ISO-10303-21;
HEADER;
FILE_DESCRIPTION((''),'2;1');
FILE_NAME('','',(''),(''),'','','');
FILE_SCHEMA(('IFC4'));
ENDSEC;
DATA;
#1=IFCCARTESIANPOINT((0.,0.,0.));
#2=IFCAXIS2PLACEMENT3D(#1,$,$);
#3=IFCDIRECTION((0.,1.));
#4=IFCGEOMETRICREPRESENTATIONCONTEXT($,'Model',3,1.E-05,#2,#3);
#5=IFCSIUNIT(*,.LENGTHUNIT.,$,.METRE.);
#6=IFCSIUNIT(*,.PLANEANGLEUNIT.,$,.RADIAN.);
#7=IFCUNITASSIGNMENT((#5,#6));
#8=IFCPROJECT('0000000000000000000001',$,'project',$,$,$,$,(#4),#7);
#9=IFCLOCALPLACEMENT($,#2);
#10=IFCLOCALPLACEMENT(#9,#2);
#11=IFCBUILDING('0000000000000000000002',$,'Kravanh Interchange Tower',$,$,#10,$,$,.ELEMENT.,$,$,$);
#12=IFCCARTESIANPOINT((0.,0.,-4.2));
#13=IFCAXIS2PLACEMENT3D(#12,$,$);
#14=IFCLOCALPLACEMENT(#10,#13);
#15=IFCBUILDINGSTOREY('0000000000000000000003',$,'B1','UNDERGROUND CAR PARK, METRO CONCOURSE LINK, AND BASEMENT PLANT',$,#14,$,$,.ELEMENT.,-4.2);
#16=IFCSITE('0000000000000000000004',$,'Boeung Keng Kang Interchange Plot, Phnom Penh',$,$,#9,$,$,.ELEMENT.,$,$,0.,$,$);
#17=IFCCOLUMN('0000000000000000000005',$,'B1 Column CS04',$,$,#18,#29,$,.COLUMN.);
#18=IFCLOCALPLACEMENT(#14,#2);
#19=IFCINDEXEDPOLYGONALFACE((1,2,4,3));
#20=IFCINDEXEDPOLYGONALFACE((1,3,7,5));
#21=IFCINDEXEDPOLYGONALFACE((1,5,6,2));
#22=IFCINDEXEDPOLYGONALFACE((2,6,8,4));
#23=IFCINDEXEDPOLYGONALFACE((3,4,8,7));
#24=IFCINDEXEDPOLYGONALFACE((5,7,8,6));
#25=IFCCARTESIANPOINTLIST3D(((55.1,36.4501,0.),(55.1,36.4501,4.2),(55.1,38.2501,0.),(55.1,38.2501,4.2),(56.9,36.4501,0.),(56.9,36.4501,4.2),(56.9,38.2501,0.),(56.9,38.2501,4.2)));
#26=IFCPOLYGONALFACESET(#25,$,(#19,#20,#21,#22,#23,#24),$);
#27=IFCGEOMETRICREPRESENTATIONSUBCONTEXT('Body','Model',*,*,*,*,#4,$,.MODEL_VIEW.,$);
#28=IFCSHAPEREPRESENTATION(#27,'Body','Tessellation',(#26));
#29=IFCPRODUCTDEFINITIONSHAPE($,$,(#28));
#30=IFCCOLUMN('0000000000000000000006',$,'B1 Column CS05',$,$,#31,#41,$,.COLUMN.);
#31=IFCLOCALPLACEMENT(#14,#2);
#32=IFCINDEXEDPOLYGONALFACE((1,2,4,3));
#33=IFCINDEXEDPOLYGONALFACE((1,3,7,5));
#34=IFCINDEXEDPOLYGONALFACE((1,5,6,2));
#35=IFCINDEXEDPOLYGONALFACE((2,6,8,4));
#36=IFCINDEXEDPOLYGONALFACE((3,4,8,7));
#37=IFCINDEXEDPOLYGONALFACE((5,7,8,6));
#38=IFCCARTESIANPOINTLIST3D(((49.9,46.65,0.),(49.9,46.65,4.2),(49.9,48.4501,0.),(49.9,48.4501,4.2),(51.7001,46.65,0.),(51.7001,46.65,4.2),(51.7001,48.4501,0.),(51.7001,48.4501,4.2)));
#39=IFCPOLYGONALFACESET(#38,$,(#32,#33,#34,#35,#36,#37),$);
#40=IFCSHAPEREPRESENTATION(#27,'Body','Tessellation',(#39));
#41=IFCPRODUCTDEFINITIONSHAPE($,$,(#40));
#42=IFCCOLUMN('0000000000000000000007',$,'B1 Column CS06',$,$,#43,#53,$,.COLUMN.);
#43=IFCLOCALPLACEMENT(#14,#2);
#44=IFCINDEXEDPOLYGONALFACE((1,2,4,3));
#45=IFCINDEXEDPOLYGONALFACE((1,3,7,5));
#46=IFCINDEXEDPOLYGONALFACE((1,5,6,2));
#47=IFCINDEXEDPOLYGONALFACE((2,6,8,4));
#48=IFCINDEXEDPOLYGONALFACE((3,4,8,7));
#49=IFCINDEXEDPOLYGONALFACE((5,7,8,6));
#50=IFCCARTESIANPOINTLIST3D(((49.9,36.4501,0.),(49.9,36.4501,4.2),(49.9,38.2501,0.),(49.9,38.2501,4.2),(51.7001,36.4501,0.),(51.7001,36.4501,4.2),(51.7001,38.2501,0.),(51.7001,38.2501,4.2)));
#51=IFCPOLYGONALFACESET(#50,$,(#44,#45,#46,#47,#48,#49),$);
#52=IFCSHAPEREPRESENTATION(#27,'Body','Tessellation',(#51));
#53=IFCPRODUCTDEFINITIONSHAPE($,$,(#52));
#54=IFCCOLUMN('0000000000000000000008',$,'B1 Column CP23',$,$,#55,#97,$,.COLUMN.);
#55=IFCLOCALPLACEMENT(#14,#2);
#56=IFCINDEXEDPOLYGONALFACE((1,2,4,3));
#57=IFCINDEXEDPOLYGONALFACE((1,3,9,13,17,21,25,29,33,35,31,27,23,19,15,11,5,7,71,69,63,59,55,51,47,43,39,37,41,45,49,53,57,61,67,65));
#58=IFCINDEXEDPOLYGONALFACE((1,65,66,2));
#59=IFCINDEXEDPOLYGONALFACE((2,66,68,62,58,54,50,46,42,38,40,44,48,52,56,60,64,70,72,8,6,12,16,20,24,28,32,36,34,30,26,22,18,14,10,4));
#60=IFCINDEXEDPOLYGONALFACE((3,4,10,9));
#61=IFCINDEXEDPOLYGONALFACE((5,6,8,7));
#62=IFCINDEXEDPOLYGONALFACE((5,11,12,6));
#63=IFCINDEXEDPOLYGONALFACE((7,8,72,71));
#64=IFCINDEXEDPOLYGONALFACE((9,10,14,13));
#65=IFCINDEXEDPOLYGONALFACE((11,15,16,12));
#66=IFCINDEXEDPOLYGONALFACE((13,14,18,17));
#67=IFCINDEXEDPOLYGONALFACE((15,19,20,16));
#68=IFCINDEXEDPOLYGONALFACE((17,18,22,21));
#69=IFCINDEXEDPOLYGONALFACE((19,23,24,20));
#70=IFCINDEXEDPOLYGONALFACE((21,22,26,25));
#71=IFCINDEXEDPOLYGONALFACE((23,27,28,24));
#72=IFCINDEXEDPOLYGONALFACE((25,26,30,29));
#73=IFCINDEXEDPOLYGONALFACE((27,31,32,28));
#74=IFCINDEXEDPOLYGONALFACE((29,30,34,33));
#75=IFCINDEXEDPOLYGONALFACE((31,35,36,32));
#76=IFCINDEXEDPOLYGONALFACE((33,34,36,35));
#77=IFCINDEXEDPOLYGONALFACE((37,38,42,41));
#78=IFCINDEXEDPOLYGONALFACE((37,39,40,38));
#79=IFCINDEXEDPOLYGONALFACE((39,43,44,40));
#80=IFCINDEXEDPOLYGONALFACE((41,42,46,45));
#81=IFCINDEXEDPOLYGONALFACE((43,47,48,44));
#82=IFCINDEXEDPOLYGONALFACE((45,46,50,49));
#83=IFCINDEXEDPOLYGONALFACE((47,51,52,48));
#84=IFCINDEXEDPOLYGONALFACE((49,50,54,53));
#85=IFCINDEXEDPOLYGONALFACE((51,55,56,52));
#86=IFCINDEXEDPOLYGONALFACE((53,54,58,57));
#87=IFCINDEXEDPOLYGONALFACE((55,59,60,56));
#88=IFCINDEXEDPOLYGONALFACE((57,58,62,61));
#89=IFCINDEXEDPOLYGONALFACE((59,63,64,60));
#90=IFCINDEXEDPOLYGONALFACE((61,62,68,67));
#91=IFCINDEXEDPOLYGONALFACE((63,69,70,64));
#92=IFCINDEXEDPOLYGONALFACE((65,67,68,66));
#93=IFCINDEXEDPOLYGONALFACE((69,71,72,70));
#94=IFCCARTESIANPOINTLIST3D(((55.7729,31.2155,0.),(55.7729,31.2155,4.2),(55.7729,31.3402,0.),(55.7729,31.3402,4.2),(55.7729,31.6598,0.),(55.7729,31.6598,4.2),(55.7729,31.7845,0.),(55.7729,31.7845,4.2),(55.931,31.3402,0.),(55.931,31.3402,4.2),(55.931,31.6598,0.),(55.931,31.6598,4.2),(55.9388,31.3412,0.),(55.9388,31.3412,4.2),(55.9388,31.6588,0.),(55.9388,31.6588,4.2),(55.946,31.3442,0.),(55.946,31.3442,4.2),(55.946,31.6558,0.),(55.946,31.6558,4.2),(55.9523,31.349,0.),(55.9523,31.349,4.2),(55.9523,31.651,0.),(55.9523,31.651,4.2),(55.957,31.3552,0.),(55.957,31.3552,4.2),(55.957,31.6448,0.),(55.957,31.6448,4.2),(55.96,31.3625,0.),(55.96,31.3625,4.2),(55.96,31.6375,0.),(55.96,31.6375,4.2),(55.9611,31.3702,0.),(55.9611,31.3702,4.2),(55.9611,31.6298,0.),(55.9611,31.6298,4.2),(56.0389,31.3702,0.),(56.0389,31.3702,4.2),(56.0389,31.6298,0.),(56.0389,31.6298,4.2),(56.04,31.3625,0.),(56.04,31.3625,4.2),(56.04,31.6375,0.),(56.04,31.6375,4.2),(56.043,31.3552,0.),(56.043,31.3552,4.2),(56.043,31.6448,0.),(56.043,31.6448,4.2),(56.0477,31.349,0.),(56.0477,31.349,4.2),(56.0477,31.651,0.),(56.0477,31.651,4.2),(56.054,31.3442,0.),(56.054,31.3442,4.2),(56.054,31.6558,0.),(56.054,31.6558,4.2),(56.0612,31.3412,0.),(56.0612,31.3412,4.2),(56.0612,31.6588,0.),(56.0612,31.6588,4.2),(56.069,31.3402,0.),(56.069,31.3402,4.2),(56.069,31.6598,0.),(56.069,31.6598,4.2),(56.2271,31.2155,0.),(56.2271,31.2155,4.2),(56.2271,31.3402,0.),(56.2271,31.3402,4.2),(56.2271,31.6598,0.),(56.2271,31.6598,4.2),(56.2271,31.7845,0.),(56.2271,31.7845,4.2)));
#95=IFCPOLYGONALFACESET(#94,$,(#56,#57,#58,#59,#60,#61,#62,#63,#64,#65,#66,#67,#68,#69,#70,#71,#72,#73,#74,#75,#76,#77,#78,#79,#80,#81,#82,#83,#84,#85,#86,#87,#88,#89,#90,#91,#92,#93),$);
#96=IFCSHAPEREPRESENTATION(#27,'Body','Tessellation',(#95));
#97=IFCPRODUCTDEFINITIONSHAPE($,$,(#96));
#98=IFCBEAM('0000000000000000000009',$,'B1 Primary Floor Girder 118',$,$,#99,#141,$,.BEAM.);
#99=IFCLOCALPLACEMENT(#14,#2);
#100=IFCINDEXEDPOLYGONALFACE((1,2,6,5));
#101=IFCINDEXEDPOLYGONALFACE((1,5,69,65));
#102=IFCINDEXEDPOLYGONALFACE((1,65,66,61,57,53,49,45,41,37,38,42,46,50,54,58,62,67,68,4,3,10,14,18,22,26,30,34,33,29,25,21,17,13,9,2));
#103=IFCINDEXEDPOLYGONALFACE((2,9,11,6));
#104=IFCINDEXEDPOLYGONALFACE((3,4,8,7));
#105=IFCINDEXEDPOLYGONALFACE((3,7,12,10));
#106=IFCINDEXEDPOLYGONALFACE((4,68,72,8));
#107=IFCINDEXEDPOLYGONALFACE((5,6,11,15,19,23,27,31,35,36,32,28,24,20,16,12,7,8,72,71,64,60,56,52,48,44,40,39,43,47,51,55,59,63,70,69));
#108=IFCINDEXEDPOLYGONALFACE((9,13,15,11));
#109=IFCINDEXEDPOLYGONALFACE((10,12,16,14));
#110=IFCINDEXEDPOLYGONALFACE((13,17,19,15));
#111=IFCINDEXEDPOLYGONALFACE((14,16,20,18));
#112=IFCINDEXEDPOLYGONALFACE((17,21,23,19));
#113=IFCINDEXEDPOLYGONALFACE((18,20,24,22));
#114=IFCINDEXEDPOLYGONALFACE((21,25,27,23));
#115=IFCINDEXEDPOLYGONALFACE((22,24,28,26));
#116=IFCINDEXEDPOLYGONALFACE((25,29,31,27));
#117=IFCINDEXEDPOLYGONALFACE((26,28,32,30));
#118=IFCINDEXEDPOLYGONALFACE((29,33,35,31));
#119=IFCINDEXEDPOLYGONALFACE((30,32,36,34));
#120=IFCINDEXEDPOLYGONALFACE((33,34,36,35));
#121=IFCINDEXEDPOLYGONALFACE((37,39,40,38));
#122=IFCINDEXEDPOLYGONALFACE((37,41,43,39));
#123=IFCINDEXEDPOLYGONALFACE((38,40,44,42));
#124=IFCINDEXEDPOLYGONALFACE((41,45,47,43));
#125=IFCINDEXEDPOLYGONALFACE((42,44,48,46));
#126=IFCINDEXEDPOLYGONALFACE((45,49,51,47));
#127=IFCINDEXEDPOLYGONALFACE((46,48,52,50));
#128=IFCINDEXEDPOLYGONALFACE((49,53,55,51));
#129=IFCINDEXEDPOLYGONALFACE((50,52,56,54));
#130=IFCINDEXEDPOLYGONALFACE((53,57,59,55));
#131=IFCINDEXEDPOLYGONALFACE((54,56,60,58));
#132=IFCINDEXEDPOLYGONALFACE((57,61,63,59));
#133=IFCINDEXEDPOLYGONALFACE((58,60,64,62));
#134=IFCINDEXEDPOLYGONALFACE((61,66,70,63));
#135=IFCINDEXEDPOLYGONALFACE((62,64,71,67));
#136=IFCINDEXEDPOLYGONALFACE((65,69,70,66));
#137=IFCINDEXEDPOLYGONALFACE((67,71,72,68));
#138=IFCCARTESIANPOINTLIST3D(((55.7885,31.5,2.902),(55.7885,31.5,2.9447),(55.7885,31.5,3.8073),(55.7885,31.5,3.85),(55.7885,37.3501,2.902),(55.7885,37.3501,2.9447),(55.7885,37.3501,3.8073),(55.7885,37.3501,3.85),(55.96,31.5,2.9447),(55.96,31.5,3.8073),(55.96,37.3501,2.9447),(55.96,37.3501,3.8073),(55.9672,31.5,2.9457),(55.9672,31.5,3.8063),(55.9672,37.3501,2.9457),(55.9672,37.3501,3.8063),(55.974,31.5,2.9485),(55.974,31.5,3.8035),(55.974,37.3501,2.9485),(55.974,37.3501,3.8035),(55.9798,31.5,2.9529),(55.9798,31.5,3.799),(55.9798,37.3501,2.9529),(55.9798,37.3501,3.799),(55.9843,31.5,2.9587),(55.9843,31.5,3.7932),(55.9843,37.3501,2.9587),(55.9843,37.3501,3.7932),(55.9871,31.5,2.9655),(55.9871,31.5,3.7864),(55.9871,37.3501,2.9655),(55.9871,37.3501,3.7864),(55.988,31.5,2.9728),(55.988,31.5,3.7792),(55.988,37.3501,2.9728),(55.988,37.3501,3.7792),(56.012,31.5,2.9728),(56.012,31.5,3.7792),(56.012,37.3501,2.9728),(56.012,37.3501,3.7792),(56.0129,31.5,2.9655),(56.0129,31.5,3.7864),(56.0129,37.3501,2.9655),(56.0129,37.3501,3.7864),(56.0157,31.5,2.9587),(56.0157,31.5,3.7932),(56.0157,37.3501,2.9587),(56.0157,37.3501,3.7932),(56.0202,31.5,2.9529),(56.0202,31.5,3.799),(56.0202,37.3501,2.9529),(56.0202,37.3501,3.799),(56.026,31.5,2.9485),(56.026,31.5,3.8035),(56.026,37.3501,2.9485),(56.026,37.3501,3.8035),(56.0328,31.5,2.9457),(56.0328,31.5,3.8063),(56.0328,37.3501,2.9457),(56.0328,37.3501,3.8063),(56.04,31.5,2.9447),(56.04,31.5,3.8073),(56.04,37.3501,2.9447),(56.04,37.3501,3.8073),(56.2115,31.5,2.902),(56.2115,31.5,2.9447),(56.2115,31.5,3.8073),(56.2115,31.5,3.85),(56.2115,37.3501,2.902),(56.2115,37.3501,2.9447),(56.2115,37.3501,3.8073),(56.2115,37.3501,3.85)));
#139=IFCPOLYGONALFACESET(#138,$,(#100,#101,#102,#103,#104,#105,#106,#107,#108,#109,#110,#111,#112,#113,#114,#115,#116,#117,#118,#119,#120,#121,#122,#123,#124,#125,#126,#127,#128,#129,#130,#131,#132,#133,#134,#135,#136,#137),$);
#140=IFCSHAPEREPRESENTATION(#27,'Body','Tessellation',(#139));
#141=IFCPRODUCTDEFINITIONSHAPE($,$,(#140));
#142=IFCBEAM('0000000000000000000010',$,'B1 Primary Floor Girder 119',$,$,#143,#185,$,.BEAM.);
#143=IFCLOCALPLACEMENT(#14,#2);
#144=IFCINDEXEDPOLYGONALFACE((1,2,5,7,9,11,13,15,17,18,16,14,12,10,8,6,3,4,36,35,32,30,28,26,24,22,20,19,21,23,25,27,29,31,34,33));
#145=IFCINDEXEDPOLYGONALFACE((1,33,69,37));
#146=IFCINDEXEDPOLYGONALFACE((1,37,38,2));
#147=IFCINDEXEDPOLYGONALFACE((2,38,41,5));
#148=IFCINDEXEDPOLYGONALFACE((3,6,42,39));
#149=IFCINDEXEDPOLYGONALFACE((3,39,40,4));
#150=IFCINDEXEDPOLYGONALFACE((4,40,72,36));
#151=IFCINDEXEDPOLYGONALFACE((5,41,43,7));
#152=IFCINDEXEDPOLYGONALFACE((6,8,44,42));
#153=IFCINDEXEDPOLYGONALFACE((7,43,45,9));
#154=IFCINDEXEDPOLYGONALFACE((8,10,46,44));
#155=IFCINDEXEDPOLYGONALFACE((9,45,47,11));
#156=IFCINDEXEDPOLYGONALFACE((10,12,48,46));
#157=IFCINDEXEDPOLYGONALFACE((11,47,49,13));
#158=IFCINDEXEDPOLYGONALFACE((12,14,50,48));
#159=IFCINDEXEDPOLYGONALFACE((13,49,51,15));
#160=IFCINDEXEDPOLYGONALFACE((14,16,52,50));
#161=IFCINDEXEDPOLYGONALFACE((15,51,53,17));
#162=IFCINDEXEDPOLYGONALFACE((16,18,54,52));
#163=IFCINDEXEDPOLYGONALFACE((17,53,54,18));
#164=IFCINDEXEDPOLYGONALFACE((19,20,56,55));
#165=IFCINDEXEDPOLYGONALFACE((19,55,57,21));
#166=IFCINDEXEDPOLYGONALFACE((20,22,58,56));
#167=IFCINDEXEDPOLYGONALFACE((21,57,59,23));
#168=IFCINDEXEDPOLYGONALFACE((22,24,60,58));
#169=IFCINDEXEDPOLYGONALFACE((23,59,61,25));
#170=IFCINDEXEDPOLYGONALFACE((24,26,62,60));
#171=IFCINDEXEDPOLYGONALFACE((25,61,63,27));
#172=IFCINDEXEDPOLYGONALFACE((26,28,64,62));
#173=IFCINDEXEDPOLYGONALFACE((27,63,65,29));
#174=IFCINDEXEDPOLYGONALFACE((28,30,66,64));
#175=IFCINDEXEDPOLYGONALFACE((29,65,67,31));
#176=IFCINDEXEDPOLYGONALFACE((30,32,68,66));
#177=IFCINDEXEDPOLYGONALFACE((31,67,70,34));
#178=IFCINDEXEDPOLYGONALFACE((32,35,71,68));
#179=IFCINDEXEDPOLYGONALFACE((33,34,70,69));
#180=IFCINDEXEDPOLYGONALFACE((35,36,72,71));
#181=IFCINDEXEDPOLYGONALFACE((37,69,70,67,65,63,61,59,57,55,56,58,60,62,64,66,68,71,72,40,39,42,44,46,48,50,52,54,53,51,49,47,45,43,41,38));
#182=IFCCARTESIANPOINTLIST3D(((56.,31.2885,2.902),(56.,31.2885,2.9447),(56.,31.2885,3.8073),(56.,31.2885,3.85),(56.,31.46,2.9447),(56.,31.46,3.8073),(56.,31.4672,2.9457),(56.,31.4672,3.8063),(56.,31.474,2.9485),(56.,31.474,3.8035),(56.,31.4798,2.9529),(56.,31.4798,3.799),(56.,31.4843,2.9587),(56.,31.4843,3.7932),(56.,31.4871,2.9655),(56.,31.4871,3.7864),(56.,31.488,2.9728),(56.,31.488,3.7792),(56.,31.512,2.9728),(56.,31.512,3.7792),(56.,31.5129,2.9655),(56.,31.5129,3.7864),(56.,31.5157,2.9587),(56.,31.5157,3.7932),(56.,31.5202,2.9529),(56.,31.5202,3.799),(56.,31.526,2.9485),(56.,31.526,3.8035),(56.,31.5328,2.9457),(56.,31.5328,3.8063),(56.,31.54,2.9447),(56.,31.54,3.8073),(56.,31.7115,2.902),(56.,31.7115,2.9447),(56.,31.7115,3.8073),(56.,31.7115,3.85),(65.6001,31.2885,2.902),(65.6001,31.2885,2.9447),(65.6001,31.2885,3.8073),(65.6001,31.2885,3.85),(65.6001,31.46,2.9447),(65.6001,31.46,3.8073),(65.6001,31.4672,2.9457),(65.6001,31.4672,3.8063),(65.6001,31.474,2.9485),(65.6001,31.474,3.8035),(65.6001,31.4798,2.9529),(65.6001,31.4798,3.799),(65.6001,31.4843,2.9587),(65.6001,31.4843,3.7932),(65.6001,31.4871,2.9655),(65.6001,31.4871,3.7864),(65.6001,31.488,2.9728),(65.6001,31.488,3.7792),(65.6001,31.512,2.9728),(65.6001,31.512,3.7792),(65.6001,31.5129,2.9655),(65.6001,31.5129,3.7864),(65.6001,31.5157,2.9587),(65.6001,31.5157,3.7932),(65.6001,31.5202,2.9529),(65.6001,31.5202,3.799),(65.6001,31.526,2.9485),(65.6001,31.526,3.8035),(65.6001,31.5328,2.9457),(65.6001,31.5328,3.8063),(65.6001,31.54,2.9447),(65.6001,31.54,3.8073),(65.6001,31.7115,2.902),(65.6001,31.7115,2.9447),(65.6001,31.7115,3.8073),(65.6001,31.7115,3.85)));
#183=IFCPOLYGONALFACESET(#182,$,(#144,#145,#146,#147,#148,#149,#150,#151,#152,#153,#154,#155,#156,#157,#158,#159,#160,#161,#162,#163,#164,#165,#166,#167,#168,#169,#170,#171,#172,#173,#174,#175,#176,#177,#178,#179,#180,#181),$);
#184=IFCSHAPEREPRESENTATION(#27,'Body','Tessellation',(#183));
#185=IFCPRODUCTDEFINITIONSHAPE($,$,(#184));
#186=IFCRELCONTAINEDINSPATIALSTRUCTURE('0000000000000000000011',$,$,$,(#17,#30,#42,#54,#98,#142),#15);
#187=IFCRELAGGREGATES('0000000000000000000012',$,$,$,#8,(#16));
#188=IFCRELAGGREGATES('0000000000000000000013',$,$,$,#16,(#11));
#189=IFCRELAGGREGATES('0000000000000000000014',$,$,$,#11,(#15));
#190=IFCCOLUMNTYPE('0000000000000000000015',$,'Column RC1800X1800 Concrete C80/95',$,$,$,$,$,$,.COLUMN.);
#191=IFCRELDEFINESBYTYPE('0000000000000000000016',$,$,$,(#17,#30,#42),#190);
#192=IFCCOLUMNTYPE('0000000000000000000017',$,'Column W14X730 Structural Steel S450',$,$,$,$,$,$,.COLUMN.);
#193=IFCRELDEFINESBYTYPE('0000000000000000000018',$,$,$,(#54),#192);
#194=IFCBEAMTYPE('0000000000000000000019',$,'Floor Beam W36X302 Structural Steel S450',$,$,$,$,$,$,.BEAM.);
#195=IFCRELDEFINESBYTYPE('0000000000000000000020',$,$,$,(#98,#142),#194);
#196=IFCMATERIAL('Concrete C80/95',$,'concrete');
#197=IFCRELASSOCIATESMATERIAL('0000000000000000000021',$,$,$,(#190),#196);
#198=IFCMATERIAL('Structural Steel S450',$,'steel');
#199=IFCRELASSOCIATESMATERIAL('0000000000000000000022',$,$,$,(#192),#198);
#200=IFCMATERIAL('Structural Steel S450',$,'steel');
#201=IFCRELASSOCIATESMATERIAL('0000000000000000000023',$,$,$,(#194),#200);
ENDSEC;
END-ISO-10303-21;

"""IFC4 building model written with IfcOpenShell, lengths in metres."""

from ifc_helpers import new_model, si_unit, direction, frame, origin, origin_2d, place, context, subcontext, project, spatial, rectangle, i_section, extrude, material, material_profile, profile_set, type_object, element, save


model = new_model("IFC4")

# Units and contexts
model_context = context("Model", 3, precision=1e-05, world=origin(), true_north=direction((0.0, 1.0)))
body_context = subcontext(model_context, "Body", "Model", "MODEL_VIEW")
ifc_project = project(units=[si_unit("LENGTHUNIT", "METRE"), si_unit("PLANEANGLEUNIT", "RADIAN")], contexts=[model_context])

# Site, building, storey
site_placement = place(None, origin())
site = spatial("IfcSite", under=ifc_project, at=site_placement, Name="Boeung Keng Kang Interchange Plot, Phnom Penh", CompositionType="ELEMENT", RefElevation=0.0)
building_placement = place(site_placement, origin())
building = spatial("IfcBuilding", under=site, at=building_placement, Name="Kravanh Interchange Tower", CompositionType="ELEMENT")
storey_placement = place(building_placement, frame((0.0, 0.0, -4.2)))
storey = spatial("IfcBuildingStorey", under=building, at=storey_placement, Name="B1", Description="UNDERGROUND CAR PARK, METRO CONCOURSE LINK, AND BASEMENT PLANT", CompositionType="ELEMENT", Elevation=-4.2)

# Columns
ifc_material_1 = material(Name="Concrete C80/95", Category="concrete")
ifc_material_profile_1 = material_profile(ifc_material_1, rectangle(XDim=1.8, YDim=1.8, at=origin_2d()), Name="RC1800X1800")
ifc_profile_set_1 = profile_set([ifc_material_profile_1], Name="Concrete C80/95")
column_type_1 = type_object("IfcColumnType", Name="Column RC1800X1800 Concrete C80/95", PredefinedType="COLUMN", material=ifc_profile_set_1)
for number, where, z_axis, x_axis, name in (
    (1, (56.0, 37.3501, 0.0), (0.0, 0.0, 1.0), (1.0, 0.0, 0.0), "B1 Column CS04"),
    (2, (50.8, 47.55, 0.0), (0.0, 0.0, 1.0), (1.0, 0.0, 0.0), "B1 Column CS05"),
    (3, (50.8, 37.3501, 0.0), (0.0, 0.0, 1.0), (1.0, 0.0, 0.0), "B1 Column CS06"),
):
    element("IfcColumn", number, at=place(storey_placement, frame(where, z_axis=z_axis, x_axis=x_axis)), inside=storey, type_object=column_type_1, Name=name, PredefinedType="COLUMN", context=body_context, shape_type="SweptSolid", body=[
        extrude(rectangle(XDim=1.8, YDim=1.8, at=origin_2d()), origin(), (0.0, 0.0, 1.0), 4.2),
    ])
ifc_material_2 = material(Name="Structural Steel S450", Category="steel")
ifc_material_profile_2 = material_profile(ifc_material_2, i_section(OverallWidth=0.4541, OverallDepth=0.5691, WebThickness=0.0779, FlangeThickness=0.1248, FilletRadius=0.03, at=origin_2d()), Name="W14X730")
ifc_profile_set_2 = profile_set([ifc_material_profile_2], Name="Structural Steel S450")
column_type_2 = type_object("IfcColumnType", Name="Column W14X730 Structural Steel S450", PredefinedType="COLUMN", material=ifc_profile_set_2)
column_placement = place(storey_placement, frame((56.0, 31.5, 0.0), z_axis=(0.0, 0.0, 1.0), x_axis=(1.0, 0.0, 0.0)))
element("IfcColumn", 4, at=column_placement, inside=storey, type_object=column_type_2, Name="B1 Column CP23", PredefinedType="COLUMN", context=body_context, shape_type="SweptSolid", body=[
    extrude(i_section(OverallWidth=0.4541, OverallDepth=0.5691, WebThickness=0.0779, FlangeThickness=0.1248, FilletRadius=0.03, at=origin_2d()), origin(), (0.0, 0.0, 1.0), 4.2),
])

# Beams
ifc_material_3 = material(Name="Structural Steel S450", Category="steel")
ifc_material_profile_3 = material_profile(ifc_material_3, i_section(OverallWidth=0.4231, OverallDepth=0.948, WebThickness=0.0239, FlangeThickness=0.0427, FilletRadius=0.0281, at=origin_2d()), Name="W36X302")
ifc_profile_set_3 = profile_set([ifc_material_profile_3], Name="Structural Steel S450")
beam_type_1 = type_object("IfcBeamType", Name="Floor Beam W36X302 Structural Steel S450", PredefinedType="BEAM", material=ifc_profile_set_3)
beam_1_placement = place(storey_placement, frame((56.0, 31.5, 3.376), z_axis=(0.0, 1.0, 0.0), x_axis=(-1.0, 0.0, 0.0)))
element("IfcBeam", 5, at=beam_1_placement, inside=storey, type_object=beam_type_1, Name="B1 Primary Floor Girder 118", PredefinedType="BEAM", context=body_context, shape_type="SweptSolid", body=[
    extrude(i_section(OverallWidth=0.4231, OverallDepth=0.948, WebThickness=0.0239, FlangeThickness=0.0427, FilletRadius=0.0281, at=origin_2d()), origin(), (0.0, 0.0, 1.0), 5.8501),
])
beam_2_placement = place(storey_placement, frame((56.0, 31.5, 3.376), z_axis=(1.0, 0.0, 0.0), x_axis=(0.0, 1.0, 0.0)))
element("IfcBeam", 6, at=beam_2_placement, inside=storey, type_object=beam_type_1, Name="B1 Primary Floor Girder 119", PredefinedType="BEAM", context=body_context, shape_type="SweptSolid", body=[
    extrude(i_section(OverallWidth=0.4231, OverallDepth=0.948, WebThickness=0.0239, FlangeThickness=0.0427, FilletRadius=0.0281, at=origin_2d()), origin(), (0.0, 0.0, 1.0), 9.6001),
])

save(model, "model.ifc")
